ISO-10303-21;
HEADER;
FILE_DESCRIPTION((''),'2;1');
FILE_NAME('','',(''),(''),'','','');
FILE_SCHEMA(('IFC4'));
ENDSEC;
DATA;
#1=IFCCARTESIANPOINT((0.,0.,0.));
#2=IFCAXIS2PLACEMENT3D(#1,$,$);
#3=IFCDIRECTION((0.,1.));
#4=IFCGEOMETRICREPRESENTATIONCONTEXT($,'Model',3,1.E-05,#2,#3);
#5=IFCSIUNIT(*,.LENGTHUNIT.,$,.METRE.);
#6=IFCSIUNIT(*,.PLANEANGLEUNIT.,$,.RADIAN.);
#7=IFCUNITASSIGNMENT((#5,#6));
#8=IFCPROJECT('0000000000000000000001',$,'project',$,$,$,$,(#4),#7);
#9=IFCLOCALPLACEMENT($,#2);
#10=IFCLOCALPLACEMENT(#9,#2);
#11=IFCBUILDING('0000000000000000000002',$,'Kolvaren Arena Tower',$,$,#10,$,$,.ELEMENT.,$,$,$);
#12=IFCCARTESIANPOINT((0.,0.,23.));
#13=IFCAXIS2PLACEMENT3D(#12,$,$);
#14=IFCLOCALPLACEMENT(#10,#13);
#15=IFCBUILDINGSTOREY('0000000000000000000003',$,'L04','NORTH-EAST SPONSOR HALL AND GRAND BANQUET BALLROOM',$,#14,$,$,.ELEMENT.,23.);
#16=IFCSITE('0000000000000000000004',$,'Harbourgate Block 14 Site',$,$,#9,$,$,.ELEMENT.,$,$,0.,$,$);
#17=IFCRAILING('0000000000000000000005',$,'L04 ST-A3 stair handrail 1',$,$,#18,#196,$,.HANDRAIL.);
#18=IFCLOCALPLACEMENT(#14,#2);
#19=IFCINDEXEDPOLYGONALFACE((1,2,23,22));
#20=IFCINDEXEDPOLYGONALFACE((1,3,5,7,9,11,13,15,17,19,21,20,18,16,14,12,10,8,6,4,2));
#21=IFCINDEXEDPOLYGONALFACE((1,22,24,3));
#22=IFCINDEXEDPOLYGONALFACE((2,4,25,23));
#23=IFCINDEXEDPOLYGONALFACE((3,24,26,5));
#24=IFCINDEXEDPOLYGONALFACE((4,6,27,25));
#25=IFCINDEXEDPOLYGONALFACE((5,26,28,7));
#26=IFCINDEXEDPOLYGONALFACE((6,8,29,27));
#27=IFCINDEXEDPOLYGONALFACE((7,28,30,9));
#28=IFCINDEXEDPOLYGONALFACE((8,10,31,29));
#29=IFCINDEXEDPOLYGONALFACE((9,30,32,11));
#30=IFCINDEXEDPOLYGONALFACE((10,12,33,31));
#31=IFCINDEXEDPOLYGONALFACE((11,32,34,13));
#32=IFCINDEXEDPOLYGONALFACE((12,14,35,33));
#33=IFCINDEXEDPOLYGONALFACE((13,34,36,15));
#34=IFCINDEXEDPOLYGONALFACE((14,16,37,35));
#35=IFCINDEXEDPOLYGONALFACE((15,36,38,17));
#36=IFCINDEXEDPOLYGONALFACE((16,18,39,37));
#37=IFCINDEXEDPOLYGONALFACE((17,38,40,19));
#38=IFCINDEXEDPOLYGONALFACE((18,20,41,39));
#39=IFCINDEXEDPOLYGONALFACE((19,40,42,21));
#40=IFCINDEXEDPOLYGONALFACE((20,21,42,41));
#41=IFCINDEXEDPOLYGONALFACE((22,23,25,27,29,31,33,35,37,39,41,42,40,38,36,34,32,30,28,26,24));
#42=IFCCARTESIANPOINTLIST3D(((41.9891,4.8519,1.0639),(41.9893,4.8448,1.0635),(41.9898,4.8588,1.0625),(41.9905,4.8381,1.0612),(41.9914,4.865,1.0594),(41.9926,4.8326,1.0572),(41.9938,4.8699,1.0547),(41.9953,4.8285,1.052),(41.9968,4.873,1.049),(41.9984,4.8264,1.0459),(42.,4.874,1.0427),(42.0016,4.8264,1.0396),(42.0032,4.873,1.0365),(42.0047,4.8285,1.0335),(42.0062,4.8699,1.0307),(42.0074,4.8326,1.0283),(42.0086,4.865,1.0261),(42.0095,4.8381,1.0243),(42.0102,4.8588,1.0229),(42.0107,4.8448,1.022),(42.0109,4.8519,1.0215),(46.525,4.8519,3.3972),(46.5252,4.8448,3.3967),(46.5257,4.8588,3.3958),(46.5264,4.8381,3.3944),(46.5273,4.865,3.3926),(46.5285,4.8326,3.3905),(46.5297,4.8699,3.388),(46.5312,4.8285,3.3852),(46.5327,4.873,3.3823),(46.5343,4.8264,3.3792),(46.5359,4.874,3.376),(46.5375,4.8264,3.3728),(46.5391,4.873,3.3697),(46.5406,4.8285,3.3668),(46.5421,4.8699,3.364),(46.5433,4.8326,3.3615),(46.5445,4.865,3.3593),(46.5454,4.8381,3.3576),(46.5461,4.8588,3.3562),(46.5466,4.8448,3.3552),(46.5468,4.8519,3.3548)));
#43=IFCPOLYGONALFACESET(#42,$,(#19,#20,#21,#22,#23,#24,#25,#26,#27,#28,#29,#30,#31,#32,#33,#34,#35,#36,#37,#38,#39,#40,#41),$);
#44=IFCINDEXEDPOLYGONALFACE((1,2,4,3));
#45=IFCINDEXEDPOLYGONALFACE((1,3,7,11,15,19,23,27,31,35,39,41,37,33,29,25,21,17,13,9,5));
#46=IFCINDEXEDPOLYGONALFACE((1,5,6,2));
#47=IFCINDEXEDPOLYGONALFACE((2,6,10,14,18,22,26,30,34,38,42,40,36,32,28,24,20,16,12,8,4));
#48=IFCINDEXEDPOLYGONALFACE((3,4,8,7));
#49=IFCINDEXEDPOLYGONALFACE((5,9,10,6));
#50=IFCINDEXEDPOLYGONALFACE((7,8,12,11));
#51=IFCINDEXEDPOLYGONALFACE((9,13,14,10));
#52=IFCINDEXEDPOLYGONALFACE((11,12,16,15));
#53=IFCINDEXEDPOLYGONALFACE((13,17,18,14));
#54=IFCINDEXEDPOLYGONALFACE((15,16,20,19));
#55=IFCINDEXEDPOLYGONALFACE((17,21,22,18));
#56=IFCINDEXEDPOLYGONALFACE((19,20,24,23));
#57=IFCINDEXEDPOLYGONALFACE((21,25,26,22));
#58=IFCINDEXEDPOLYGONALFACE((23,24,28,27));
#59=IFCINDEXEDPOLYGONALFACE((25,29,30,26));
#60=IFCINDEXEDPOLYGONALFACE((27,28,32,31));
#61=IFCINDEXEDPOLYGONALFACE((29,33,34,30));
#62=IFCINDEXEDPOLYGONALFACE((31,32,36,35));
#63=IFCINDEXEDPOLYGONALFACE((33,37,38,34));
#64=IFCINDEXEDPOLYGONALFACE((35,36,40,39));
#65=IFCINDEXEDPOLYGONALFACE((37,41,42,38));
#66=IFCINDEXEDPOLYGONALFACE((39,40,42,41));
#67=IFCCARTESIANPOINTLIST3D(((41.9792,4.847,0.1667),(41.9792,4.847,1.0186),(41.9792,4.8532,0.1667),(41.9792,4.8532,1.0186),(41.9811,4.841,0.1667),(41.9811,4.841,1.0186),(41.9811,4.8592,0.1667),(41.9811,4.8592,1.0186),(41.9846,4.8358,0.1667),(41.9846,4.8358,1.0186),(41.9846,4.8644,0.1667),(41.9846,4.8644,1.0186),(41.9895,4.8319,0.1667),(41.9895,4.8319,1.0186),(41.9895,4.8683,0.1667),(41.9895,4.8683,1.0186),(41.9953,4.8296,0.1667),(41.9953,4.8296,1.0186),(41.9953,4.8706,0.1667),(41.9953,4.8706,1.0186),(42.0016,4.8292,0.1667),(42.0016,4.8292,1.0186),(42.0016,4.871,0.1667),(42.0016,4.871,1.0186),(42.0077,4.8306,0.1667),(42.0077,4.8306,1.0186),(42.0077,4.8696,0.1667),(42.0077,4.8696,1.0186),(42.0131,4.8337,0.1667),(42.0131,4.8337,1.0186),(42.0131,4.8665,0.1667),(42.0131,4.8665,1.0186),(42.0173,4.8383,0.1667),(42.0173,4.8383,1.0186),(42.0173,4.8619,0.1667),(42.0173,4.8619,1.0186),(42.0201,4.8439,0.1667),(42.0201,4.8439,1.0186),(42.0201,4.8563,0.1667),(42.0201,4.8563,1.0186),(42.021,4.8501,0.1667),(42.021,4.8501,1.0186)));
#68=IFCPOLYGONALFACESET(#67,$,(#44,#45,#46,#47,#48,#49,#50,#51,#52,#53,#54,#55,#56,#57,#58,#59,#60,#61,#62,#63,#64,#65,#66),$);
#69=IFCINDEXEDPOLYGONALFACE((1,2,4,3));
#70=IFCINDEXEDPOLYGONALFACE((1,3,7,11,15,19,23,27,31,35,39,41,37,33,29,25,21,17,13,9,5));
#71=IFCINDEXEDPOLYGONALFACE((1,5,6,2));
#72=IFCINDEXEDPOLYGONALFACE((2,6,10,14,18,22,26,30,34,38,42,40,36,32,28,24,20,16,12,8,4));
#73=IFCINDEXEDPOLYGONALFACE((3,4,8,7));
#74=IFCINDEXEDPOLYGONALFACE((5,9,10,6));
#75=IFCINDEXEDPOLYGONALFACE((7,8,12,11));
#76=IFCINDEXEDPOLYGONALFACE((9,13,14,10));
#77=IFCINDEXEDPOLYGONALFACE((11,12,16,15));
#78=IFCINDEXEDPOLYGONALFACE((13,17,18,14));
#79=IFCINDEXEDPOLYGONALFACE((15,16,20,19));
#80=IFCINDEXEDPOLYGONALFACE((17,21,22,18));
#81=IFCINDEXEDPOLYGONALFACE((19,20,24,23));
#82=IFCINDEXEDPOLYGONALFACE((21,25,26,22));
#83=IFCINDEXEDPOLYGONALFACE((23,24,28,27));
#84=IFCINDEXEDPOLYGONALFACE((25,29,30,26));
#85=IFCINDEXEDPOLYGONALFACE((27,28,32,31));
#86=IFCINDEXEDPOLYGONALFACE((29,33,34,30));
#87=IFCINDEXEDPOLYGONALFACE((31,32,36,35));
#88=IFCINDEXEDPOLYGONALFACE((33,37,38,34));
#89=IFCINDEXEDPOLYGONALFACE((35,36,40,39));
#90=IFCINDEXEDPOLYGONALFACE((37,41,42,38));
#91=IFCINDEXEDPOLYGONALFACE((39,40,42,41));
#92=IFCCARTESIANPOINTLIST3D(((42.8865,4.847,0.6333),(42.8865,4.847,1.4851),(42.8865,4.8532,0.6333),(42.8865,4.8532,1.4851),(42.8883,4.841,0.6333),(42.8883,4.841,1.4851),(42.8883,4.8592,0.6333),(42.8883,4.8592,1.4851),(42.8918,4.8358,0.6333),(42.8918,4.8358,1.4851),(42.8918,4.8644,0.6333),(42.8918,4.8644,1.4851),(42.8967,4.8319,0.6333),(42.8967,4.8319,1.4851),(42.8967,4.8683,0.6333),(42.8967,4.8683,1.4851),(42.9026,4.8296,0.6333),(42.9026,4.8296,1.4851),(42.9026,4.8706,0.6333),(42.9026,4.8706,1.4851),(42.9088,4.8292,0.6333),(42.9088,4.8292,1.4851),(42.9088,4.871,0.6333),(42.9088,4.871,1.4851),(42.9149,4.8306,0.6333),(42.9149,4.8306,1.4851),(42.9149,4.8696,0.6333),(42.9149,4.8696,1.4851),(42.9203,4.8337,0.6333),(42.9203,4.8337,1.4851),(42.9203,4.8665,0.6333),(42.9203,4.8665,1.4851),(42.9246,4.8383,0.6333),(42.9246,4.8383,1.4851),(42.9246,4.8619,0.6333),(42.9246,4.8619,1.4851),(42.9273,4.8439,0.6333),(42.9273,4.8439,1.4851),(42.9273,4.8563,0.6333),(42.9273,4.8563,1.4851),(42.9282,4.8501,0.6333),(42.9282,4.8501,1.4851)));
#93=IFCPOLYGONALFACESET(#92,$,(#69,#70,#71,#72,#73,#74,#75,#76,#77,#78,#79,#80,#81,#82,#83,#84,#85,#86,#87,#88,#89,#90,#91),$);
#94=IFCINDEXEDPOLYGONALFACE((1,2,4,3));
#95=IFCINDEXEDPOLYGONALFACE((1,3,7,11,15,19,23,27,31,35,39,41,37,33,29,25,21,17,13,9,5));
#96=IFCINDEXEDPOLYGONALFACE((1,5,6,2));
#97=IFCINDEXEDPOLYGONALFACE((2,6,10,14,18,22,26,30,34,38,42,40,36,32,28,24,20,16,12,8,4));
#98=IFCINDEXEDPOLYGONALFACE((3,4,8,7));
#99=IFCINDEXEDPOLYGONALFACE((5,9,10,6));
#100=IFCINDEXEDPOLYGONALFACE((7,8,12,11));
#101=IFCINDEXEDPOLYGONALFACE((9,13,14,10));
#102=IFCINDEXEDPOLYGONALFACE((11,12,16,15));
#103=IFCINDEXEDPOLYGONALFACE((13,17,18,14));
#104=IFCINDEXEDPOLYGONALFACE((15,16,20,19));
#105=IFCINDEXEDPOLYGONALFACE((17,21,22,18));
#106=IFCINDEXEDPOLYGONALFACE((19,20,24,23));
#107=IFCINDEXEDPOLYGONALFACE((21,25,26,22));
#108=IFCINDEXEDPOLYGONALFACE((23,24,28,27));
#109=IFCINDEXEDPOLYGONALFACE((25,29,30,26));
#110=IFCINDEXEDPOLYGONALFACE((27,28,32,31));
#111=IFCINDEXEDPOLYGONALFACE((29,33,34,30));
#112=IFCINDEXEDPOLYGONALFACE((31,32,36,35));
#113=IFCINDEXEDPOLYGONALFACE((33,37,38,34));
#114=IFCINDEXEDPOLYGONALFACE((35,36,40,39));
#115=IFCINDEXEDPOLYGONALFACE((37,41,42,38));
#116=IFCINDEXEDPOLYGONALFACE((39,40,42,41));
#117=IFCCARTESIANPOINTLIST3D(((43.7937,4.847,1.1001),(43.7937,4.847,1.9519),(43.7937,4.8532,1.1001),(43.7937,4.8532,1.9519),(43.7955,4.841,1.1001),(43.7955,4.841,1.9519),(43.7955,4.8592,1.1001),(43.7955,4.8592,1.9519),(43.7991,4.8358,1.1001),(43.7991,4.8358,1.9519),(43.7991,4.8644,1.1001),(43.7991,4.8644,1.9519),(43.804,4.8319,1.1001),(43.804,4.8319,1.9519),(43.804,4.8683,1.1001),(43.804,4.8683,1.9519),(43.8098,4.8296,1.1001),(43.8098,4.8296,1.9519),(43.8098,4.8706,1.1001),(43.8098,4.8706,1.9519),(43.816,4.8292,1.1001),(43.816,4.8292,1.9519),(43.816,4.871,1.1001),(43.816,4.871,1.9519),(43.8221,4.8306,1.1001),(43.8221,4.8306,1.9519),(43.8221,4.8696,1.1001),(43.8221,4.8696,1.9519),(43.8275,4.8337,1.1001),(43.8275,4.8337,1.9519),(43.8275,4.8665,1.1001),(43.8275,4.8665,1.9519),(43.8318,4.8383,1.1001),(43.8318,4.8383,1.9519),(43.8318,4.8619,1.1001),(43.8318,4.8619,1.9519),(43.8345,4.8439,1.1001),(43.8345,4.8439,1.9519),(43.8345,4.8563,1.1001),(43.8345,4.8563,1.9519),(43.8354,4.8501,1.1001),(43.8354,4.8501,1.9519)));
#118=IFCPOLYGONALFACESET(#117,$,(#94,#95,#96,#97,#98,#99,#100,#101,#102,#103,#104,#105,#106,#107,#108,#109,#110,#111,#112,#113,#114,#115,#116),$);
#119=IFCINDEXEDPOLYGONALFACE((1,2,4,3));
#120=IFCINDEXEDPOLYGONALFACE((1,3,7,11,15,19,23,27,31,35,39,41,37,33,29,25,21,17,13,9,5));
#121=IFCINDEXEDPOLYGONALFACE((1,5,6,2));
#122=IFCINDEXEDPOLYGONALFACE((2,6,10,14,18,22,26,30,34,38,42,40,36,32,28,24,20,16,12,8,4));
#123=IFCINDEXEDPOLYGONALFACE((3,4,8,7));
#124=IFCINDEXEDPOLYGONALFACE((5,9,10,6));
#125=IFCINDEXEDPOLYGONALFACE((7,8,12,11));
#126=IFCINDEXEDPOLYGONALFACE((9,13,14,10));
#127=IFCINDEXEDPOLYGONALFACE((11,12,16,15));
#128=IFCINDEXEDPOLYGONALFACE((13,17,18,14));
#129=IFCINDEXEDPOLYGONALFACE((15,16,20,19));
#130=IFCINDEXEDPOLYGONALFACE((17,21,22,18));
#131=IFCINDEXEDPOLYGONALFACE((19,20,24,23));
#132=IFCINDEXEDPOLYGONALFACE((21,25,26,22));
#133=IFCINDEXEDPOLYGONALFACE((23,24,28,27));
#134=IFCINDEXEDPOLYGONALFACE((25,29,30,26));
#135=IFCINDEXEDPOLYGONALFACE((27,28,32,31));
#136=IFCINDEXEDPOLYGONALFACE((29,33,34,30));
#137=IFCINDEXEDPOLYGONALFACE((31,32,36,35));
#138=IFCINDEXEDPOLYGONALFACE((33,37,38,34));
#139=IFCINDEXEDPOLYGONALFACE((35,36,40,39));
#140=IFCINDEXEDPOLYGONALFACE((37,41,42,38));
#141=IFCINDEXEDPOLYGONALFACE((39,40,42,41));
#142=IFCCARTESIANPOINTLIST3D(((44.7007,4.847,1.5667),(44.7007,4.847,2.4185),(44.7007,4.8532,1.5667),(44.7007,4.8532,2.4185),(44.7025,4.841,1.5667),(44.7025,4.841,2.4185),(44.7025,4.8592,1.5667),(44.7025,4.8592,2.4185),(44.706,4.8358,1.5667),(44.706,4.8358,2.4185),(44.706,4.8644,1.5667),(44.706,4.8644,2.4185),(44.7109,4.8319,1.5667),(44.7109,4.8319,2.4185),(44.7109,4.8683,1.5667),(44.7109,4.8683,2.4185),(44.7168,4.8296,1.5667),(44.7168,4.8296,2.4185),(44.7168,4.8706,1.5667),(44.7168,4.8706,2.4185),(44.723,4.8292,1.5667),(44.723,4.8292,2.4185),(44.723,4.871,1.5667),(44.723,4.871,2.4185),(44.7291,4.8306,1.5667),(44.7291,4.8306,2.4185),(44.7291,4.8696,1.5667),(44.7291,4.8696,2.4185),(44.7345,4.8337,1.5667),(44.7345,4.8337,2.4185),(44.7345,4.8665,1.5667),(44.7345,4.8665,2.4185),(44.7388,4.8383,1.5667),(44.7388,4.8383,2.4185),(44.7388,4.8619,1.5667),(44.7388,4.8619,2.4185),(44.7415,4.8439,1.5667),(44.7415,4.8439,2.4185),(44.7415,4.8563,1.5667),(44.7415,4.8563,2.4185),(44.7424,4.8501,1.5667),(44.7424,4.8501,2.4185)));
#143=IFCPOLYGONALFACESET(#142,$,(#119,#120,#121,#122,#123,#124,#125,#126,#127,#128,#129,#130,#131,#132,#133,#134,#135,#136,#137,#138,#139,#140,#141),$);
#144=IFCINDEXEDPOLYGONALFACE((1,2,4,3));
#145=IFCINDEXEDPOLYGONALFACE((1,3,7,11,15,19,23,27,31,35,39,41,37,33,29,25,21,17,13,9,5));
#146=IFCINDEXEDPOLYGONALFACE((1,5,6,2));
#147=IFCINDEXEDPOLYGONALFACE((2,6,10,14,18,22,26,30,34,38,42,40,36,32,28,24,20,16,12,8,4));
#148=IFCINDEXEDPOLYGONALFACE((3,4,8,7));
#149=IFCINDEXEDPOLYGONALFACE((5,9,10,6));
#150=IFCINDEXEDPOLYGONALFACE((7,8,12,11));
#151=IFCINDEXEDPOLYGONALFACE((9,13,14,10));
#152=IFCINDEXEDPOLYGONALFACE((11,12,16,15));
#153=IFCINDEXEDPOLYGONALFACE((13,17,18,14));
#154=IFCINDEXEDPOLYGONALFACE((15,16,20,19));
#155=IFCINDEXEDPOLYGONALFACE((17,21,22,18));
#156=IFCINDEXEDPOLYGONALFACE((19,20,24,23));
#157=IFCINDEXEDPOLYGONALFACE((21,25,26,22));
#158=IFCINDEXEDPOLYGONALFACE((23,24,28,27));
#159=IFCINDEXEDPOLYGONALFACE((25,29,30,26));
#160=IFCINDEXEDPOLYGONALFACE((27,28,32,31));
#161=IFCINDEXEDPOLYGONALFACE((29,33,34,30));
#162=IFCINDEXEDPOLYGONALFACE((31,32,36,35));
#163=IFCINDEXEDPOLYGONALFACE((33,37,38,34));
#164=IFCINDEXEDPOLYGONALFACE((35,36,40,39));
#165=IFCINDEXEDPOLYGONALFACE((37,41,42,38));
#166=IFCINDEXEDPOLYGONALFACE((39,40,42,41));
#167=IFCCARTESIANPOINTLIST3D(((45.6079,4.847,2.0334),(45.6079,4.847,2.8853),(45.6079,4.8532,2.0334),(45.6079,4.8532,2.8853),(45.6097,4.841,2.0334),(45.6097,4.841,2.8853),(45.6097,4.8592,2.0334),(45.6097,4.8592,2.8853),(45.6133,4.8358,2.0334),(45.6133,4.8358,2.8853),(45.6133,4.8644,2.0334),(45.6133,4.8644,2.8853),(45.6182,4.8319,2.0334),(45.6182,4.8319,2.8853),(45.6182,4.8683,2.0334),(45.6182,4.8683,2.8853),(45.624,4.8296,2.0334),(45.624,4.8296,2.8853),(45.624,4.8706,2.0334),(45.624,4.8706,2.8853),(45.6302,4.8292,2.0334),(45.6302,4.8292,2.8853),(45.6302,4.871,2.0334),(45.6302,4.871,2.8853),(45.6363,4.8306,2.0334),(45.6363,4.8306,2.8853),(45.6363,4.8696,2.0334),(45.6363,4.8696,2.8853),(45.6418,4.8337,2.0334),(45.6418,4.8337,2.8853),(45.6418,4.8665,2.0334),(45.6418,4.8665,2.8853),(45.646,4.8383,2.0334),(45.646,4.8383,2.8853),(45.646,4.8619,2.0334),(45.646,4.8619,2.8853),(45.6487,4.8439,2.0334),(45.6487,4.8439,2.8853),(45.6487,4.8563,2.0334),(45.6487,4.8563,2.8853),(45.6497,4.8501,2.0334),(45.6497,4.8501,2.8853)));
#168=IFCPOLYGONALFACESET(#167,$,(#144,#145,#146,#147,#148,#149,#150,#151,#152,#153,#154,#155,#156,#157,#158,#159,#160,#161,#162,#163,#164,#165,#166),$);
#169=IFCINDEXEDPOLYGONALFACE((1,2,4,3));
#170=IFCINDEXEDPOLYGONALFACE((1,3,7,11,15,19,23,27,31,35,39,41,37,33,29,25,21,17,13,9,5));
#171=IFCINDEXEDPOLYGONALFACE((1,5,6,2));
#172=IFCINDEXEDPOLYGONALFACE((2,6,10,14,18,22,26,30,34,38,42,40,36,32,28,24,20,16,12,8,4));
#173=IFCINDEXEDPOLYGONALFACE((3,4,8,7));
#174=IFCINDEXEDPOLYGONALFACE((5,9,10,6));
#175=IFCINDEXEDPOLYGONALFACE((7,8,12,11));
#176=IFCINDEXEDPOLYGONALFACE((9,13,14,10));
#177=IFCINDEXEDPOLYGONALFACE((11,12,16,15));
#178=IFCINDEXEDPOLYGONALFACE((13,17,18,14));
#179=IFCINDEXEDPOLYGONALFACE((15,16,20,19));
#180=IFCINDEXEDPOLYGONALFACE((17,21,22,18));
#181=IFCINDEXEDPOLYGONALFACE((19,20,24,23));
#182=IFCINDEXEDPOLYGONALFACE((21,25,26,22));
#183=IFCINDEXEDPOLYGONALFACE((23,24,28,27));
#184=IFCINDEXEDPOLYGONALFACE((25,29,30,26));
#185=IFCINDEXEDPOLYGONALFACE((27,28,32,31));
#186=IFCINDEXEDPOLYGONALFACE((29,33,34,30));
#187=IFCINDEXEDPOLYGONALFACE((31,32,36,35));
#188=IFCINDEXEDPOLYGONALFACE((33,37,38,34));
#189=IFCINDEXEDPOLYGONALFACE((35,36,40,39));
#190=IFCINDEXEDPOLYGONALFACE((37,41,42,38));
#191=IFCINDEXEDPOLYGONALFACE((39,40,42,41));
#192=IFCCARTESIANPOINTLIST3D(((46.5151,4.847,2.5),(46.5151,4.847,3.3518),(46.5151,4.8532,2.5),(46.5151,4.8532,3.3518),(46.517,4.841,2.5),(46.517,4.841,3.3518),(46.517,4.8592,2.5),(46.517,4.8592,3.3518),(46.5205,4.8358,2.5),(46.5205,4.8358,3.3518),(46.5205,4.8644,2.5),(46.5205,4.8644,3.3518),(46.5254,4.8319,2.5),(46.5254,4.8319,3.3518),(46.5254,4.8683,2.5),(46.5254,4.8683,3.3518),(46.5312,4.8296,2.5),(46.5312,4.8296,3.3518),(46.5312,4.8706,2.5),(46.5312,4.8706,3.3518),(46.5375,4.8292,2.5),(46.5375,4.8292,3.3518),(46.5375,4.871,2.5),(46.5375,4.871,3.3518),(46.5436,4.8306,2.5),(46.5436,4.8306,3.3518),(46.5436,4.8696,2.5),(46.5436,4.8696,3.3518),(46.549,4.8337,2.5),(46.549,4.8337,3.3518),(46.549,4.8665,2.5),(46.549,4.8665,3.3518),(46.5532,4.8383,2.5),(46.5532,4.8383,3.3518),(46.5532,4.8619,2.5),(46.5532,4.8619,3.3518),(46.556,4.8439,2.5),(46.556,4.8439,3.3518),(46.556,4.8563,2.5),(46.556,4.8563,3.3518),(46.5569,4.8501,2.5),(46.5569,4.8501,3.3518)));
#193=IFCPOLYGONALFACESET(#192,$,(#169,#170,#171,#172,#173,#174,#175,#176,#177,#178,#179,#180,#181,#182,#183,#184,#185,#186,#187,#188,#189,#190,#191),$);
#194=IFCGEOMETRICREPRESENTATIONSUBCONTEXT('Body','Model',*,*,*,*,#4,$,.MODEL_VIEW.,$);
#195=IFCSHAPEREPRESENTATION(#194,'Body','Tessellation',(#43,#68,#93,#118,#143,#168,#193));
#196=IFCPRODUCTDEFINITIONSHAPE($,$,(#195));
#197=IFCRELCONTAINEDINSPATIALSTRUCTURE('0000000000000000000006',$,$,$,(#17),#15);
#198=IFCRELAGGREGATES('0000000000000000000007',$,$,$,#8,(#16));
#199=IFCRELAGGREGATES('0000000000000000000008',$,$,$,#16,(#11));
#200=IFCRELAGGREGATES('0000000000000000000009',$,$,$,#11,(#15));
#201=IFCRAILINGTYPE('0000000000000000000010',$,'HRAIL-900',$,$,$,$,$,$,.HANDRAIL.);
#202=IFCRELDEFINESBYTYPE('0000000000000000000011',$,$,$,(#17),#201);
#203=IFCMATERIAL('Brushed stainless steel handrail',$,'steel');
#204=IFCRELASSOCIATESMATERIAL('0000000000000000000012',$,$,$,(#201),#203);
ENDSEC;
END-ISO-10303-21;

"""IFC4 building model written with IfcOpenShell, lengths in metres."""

from ifc_helpers import new_model, si_unit, direction, frame, origin, origin_2d, place, context, subcontext, project, spatial, circle, extrude, material, type_object, element, save


model = new_model("IFC4")

# Units and contexts
model_context = context("Model", 3, precision=1e-05, world=origin(), true_north=direction((0.0, 1.0)))
body_context = subcontext(model_context, "Body", "Model", "MODEL_VIEW")
ifc_project = project(units=[si_unit("LENGTHUNIT", "METRE"), si_unit("PLANEANGLEUNIT", "RADIAN")], contexts=[model_context])

# Site, building, storey
site_placement = place(None, origin())
site = spatial("IfcSite", under=ifc_project, at=site_placement, Name="Harbourgate Block 14 Site", CompositionType="ELEMENT", RefElevation=0.0)
building_placement = place(site_placement, origin())
building = spatial("IfcBuilding", under=site, at=building_placement, Name="Kolvaren Arena Tower", CompositionType="ELEMENT")
storey_placement = place(building_placement, frame((0.0, 0.0, 23.0)))
storey = spatial("IfcBuildingStorey", under=building, at=storey_placement, Name="L04", Description="NORTH-EAST SPONSOR HALL AND GRAND BANQUET BALLROOM", CompositionType="ELEMENT", Elevation=23.0)

# Railing
ifc_material_1 = material(Name="Brushed stainless steel handrail", Category="steel")
railing_type_1 = type_object("IfcRailingType", Name="HRAIL-900", PredefinedType="HANDRAIL", material=ifc_material_1)
railing_1_placement = place(storey_placement, frame((42.0, 4.8501, 0.1667)))
element("IfcRailing", 1, at=railing_1_placement, inside=storey, type_object=railing_type_1, Name="L04 ST-A3 stair handrail 1", PredefinedType="HANDRAIL", context=body_context, shape_type="SweptSolid", body=[
    extrude(circle(Radius=0.0239, at=origin_2d()), frame((0.0, 0.0, 0.876), z_axis=(0.889247, 0.0, 0.457427), x_axis=(0.0, 1.0, 0.0)), (0.0, 0.0, 1.0), 5.1008),
    extrude(circle(Radius=0.021, at=origin_2d()), origin(), (0.0, 0.0, 1.0), 0.8518),
    extrude(circle(Radius=0.021, at=origin_2d()), frame((0.9072, 0.0, 0.4666)), (0.0, 0.0, 1.0), 0.8518),
    extrude(circle(Radius=0.021, at=origin_2d()), frame((1.8145, 0.0, 0.9333)), (0.0, 0.0, 1.0), 0.8518),
    extrude(circle(Radius=0.021, at=origin_2d()), frame((2.7214, 0.0, 1.3999)), (0.0, 0.0, 1.0), 0.8518),
    extrude(circle(Radius=0.021, at=origin_2d()), frame((3.6287, 0.0, 1.8667)), (0.0, 0.0, 1.0), 0.8518),
    extrude(circle(Radius=0.021, at=origin_2d()), frame((4.5359, 0.0, 2.3333)), (0.0, 0.0, 1.0), 0.8518),
])

save(model, "model.ifc")
